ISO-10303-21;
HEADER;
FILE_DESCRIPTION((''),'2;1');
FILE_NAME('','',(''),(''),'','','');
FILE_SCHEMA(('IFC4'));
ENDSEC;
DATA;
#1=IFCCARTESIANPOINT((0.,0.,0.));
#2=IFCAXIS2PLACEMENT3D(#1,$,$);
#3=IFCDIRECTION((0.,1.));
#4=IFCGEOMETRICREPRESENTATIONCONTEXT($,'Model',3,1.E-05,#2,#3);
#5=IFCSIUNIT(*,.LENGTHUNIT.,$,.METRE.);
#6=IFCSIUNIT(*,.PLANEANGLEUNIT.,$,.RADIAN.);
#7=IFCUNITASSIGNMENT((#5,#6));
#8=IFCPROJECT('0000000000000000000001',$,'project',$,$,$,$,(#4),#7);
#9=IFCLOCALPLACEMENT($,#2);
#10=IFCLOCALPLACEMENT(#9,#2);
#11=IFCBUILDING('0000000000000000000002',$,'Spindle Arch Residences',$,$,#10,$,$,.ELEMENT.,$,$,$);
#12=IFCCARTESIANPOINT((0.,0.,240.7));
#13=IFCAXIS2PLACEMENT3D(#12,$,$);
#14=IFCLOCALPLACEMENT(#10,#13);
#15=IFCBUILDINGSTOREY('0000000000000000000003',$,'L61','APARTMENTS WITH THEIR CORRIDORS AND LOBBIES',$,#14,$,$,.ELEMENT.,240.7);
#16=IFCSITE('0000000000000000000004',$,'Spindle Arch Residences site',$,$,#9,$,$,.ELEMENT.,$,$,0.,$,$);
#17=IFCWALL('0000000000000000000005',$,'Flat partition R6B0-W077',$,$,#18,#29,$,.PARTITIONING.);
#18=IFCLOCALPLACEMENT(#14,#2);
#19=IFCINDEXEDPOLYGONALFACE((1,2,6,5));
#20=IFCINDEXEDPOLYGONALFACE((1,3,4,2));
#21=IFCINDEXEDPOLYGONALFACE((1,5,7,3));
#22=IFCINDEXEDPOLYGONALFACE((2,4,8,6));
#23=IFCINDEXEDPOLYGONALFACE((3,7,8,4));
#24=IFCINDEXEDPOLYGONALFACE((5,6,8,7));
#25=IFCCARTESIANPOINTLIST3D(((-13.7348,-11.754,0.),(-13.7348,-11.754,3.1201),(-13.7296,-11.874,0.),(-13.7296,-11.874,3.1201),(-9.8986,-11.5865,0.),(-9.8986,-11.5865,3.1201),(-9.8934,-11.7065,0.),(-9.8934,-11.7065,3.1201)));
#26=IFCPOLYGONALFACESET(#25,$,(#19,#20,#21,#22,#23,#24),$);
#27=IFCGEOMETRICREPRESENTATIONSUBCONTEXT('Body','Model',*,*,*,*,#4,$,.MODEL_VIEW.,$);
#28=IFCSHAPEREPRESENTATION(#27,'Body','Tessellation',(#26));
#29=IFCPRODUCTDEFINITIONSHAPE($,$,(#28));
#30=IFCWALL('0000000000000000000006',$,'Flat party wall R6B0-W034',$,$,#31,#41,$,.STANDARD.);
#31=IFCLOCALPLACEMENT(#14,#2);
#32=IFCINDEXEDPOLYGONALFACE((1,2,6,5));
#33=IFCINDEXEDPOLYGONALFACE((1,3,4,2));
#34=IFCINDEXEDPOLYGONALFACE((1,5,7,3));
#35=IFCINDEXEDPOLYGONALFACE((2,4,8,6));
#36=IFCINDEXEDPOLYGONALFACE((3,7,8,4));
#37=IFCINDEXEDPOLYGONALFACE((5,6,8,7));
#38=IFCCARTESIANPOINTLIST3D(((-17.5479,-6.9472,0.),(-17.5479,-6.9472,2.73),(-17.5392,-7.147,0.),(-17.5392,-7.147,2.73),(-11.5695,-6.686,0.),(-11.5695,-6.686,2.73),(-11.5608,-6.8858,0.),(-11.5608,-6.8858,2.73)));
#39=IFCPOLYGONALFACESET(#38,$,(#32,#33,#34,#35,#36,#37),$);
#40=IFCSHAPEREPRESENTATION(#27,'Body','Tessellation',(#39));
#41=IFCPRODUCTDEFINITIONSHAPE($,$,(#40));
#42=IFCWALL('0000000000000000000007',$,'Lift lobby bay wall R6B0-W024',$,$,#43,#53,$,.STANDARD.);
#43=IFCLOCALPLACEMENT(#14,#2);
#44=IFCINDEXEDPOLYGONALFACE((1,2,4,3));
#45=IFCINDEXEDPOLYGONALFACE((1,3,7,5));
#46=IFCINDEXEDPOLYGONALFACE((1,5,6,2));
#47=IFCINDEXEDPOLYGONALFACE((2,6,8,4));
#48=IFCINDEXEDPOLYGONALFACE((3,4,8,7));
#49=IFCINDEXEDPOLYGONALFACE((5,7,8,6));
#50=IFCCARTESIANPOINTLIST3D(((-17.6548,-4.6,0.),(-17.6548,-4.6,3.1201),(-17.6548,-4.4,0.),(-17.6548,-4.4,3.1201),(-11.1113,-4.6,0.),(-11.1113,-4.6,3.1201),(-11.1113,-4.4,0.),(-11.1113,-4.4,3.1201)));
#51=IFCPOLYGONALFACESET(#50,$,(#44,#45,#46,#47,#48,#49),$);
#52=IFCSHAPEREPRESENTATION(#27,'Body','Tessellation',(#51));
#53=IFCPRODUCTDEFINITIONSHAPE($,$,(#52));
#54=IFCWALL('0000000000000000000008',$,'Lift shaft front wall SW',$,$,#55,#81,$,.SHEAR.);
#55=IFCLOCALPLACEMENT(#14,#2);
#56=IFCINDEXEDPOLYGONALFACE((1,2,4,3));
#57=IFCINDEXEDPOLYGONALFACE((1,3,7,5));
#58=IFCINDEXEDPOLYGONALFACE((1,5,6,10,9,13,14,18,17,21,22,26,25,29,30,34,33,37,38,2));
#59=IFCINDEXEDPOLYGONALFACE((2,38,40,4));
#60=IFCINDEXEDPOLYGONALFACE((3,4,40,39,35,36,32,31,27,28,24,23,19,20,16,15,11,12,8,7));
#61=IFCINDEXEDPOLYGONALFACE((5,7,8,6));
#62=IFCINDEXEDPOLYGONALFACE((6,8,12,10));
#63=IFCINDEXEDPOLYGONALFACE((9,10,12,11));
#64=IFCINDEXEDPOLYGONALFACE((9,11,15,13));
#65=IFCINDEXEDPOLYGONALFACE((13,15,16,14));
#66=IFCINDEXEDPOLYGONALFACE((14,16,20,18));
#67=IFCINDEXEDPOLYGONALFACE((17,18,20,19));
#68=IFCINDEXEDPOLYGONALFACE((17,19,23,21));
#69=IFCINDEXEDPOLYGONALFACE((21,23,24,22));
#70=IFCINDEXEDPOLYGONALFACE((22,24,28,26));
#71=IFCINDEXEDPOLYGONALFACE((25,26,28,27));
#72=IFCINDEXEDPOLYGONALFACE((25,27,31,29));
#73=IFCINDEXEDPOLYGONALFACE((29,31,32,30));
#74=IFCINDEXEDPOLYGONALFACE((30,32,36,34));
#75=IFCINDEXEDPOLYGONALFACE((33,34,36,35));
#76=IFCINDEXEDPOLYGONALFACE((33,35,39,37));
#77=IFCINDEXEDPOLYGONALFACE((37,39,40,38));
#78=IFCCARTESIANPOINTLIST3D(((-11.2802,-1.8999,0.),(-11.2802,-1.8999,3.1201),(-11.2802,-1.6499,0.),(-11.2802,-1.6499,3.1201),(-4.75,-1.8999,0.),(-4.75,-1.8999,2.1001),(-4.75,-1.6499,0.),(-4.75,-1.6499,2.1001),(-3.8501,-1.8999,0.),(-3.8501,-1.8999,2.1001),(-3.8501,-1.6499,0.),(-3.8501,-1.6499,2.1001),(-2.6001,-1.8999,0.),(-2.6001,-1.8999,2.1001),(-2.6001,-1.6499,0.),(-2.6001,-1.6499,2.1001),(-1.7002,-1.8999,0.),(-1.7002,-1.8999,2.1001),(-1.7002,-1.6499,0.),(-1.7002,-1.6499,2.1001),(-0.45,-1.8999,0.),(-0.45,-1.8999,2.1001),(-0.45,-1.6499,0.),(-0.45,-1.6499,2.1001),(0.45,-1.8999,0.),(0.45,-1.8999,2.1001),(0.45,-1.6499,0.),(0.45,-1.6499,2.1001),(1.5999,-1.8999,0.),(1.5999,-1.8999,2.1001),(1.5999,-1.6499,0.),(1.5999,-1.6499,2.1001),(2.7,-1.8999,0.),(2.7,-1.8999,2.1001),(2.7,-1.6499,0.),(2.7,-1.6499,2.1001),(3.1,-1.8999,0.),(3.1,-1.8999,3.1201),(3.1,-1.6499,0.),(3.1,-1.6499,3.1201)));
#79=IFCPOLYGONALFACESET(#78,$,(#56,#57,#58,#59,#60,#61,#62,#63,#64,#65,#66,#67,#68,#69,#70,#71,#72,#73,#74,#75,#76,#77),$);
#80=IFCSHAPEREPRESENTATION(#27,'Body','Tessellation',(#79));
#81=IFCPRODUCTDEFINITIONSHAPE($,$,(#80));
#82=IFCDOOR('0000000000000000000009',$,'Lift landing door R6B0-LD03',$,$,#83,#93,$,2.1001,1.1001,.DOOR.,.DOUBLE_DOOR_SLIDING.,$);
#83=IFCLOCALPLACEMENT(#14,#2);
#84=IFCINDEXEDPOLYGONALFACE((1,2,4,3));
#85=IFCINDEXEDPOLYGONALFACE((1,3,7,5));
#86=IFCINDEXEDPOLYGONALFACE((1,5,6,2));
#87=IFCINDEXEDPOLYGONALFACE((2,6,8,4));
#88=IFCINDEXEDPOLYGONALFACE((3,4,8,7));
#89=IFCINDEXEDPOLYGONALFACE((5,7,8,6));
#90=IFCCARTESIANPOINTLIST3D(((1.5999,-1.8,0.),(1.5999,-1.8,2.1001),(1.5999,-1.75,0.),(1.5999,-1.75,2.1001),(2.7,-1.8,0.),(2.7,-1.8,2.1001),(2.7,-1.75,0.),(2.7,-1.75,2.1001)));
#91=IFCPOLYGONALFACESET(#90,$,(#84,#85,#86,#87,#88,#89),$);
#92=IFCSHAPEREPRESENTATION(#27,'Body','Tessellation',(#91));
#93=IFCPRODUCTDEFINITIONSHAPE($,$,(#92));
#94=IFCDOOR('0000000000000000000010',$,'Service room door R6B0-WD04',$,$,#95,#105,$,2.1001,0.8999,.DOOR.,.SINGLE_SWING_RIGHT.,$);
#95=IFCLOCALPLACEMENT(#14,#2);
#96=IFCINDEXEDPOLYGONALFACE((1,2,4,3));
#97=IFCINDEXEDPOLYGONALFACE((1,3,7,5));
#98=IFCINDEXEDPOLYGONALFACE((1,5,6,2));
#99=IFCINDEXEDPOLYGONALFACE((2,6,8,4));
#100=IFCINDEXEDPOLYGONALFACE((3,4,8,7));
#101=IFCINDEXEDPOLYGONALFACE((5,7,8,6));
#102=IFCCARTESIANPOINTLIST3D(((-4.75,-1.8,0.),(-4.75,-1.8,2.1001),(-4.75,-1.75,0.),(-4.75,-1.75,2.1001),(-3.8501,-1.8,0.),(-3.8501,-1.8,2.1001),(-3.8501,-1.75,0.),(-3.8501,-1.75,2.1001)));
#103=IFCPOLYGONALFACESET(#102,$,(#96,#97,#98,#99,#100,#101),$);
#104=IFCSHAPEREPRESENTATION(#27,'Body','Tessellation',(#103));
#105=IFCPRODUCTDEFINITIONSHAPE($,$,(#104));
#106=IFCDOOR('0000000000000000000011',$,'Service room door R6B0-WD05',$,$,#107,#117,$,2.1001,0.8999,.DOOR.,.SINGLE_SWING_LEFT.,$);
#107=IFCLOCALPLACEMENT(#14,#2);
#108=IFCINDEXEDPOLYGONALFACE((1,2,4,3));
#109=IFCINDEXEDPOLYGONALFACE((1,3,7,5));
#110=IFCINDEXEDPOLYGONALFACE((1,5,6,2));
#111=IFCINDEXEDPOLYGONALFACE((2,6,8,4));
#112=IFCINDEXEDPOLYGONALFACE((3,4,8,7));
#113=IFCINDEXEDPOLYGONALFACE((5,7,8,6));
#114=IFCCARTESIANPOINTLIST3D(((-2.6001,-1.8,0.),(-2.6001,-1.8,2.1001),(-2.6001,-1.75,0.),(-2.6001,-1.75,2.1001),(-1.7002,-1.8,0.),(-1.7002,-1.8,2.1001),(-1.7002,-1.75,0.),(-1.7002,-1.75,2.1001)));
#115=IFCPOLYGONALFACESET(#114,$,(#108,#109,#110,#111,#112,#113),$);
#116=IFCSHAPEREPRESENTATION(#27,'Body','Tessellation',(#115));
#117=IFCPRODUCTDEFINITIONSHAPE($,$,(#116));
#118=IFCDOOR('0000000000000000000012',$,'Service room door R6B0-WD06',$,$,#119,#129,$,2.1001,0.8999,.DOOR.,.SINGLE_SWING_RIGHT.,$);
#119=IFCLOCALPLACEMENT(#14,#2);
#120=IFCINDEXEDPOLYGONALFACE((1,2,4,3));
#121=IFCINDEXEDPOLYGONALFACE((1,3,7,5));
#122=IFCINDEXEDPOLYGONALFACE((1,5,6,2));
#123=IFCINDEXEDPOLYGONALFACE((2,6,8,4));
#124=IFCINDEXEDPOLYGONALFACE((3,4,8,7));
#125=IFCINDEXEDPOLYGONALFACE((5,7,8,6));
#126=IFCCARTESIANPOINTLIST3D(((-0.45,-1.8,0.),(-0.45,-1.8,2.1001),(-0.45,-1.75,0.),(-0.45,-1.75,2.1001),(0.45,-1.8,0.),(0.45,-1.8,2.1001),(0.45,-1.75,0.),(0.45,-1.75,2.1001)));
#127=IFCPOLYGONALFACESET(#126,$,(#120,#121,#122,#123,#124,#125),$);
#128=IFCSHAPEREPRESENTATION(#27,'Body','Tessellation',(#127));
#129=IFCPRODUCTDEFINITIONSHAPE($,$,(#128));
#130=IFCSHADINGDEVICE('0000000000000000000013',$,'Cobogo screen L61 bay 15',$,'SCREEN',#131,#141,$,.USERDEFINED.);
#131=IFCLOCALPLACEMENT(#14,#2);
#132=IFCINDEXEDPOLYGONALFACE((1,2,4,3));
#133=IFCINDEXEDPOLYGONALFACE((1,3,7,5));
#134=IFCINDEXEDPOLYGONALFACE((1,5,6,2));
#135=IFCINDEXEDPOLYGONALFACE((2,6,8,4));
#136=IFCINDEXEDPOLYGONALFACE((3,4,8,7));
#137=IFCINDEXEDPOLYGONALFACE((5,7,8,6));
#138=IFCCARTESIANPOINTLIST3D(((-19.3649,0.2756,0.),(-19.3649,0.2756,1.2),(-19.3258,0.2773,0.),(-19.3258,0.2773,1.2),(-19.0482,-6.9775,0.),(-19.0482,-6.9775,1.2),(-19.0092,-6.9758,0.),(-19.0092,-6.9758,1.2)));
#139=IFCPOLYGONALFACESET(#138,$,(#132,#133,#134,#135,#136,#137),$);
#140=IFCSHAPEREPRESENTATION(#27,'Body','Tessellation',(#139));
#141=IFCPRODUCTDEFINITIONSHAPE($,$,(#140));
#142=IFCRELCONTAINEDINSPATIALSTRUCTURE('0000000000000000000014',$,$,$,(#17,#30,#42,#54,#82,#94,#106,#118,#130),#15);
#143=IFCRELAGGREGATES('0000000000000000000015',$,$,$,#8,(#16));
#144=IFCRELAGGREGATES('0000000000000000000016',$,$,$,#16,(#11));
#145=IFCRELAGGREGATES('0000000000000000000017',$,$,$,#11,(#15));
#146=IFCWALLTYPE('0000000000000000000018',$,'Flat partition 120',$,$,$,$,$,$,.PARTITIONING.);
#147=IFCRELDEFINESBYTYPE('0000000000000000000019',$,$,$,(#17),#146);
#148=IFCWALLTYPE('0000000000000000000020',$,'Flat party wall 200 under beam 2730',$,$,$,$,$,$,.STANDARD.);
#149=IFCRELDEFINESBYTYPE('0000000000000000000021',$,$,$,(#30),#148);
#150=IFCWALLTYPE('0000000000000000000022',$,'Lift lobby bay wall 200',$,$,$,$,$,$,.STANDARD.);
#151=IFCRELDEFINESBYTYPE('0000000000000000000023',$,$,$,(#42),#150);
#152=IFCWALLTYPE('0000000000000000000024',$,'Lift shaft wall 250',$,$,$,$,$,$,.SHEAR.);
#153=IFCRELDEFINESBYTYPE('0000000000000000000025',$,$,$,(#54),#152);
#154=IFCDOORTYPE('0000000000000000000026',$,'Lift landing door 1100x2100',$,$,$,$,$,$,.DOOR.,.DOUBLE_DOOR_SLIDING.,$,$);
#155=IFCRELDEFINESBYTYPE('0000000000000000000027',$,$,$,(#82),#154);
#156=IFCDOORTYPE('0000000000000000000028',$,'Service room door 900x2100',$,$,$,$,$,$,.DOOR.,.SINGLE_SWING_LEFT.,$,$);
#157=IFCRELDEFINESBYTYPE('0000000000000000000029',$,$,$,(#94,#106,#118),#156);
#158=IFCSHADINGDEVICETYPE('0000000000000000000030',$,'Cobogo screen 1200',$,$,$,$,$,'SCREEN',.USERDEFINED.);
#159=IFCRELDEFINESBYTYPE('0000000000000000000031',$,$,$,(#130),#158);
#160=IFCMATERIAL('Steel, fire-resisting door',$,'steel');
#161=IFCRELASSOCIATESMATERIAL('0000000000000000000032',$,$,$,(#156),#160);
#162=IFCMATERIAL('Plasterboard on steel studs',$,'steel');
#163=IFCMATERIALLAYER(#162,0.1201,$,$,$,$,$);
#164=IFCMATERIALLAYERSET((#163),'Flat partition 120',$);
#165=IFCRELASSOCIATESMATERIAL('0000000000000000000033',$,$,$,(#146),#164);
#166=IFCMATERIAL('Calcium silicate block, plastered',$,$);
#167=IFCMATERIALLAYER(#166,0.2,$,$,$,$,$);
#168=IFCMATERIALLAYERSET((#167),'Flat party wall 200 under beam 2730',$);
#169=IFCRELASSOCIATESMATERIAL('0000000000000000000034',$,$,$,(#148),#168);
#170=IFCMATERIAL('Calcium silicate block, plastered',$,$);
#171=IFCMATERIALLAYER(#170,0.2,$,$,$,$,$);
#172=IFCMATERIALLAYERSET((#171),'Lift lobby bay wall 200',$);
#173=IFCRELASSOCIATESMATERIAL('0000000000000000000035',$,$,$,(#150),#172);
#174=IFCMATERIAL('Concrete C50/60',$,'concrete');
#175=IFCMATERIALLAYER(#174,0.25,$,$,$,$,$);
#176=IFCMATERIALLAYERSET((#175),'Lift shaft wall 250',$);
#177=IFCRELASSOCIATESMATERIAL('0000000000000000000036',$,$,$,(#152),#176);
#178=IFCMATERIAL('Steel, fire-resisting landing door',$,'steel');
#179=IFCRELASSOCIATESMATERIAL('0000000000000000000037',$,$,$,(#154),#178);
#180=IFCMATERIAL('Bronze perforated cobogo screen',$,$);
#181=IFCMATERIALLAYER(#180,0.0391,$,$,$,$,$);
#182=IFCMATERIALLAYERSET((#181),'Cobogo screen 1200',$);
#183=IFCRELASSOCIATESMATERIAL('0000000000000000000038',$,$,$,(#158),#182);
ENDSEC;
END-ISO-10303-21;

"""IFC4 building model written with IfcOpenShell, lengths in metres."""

from ifc_helpers import new_model, si_unit, direction, frame, frame_2d, origin, origin_2d, place, context, subcontext, project, spatial, rectangle, extrude, material, layer, layer_set, type_object, element, fill, save


model = new_model("IFC4")

# Units and contexts
model_context = context("Model", 3, precision=1e-05, world=origin(), true_north=direction((0.0, 1.0)))
body_context = subcontext(model_context, "Body", "Model", "MODEL_VIEW")
ifc_project = project(units=[si_unit("LENGTHUNIT", "METRE"), si_unit("PLANEANGLEUNIT", "RADIAN")], contexts=[model_context])

# Site, building, storey
site_placement = place(None, origin())
site = spatial("IfcSite", under=ifc_project, at=site_placement, Name="Spindle Arch Residences site", CompositionType="ELEMENT", RefElevation=0.0)
building_placement = place(site_placement, origin())
building = spatial("IfcBuilding", under=site, at=building_placement, Name="Spindle Arch Residences", CompositionType="ELEMENT")
storey_placement = place(building_placement, frame((0.0, 0.0, 240.7)))
storey = spatial("IfcBuildingStorey", under=building, at=storey_placement, Name="L61", Description="APARTMENTS WITH THEIR CORRIDORS AND LOBBIES", CompositionType="ELEMENT", Elevation=240.7)

# Shared definitions
ifc_material_1 = material(Name="Steel, fire-resisting door", Category="steel")
door_type_1 = type_object("IfcDoorType", Name="Service room door 900x2100", OperationType="SINGLE_SWING_LEFT", PredefinedType="DOOR", material=ifc_material_1)

# Shared definitions
ifc_material_2 = material(Name="Plasterboard on steel studs", Category="steel")
ifc_layer_1 = layer(ifc_material_2, 0.1201)
ifc_layer_set_1 = layer_set([ifc_layer_1], Name="Flat partition 120")
wall_type_1 = type_object("IfcWallType", Name="Flat partition 120", PredefinedType="PARTITIONING", material=ifc_layer_set_1)

# Walls
wall_1_placement = place(storey_placement, frame((-13.7322, -11.814, 0.0), z_axis=(0.0, 0.0, 1.0), x_axis=(0.999048, 0.043617, 0.0)))
element("IfcWall", 1, at=wall_1_placement, inside=storey, type_object=wall_type_1, Name="Flat partition R6B0-W077", PredefinedType="PARTITIONING", context=body_context, shape_type="SweptSolid", body=[
    extrude(rectangle(XDim=3.8398, YDim=0.1201, at=frame_2d((1.9199, 0.0))), origin(), (0.0, 0.0, 1.0), 3.1201),
])
ifc_material_3 = material(Name="Calcium silicate block, plastered")
ifc_layer_2 = layer(ifc_material_3, 0.2)
ifc_layer_set_2 = layer_set([ifc_layer_2], Name="Flat party wall 200 under beam 2730")
wall_type_2 = type_object("IfcWallType", Name="Flat party wall 200 under beam 2730", PredefinedType="STANDARD", material=ifc_layer_set_2)
wall_2_placement = place(storey_placement, frame((-17.5437, -7.0471, 0.0), z_axis=(0.0, 0.0, 1.0), x_axis=(0.999047, 0.043653, 0.0)))
element("IfcWall", 2, at=wall_2_placement, inside=storey, type_object=wall_type_2, Name="Flat party wall R6B0-W034", PredefinedType="STANDARD", context=body_context, shape_type="SweptSolid", body=[
    extrude(rectangle(XDim=5.9841, YDim=0.2, at=frame_2d((2.9922, 0.0))), origin(), (0.0, 0.0, 1.0), 2.73),
])

# Wall
ifc_material_4 = material(Name="Calcium silicate block, plastered")
ifc_layer_3 = layer(ifc_material_4, 0.2)
ifc_layer_set_3 = layer_set([ifc_layer_3], Name="Lift lobby bay wall 200")
wall_type_3 = type_object("IfcWallType", Name="Lift lobby bay wall 200", PredefinedType="STANDARD", material=ifc_layer_set_3)
wall_3_placement = place(storey_placement, frame((-17.6548, -4.5, 0.0), z_axis=(0.0, 0.0, 1.0), x_axis=(1.0, 0.0, 0.0)))
element("IfcWall", 3, at=wall_3_placement, inside=storey, type_object=wall_type_3, Name="Lift lobby bay wall R6B0-W024", PredefinedType="STANDARD", context=body_context, shape_type="SweptSolid", body=[
    extrude(rectangle(XDim=6.5435, YDim=0.2, at=frame_2d((3.2717, 0.0))), origin(), (0.0, 0.0, 1.0), 3.1201),
])

# Wall, openings, doors
ifc_material_5 = material(Name="Concrete C50/60", Category="concrete")
ifc_layer_4 = layer(ifc_material_5, 0.25)
ifc_layer_set_4 = layer_set([ifc_layer_4], Name="Lift shaft wall 250")
wall_type_4 = type_object("IfcWallType", Name="Lift shaft wall 250", PredefinedType="SHEAR", material=ifc_layer_set_4)
wall_4_placement = place(storey_placement, frame((-11.28, -1.7749, 0.0), z_axis=(0.0, 0.0, 1.0), x_axis=(1.0, 0.0, 0.0)))
wall_4 = element("IfcWall", 4, at=wall_4_placement, inside=storey, type_object=wall_type_4, Name="Lift shaft front wall SW", PredefinedType="SHEAR", context=body_context, shape_type="SweptSolid", body=[
    extrude(rectangle(XDim=14.3801, YDim=0.25, at=frame_2d((7.1899, 0.0))), origin(), (0.0, 0.0, 1.0), 3.1201),
])
opening_1_placement = place(wall_4_placement, frame((12.8799, 0.0, 0.0)))
opening_1 = element("IfcOpeningElement", 5, at=opening_1_placement, cuts=wall_4, PredefinedType="OPENING", context=body_context, shape_type="SweptSolid", body=[
    extrude(rectangle(XDim=1.1001, YDim=2.1001, at=frame_2d((0.55, 1.05))), frame((0.0, 0.135, 0.0), z_axis=(0.0, -1.0, 0.0), x_axis=(1.0, 0.0, 0.0)), (0.0, 0.0, 1.0), 0.27),
])
opening_2_placement = place(wall_4_placement, frame((6.53, 0.0, 0.0)))
opening_2 = element("IfcOpeningElement", 6, at=opening_2_placement, cuts=wall_4, PredefinedType="OPENING", context=body_context, shape_type="SweptSolid", body=[
    extrude(rectangle(XDim=0.8999, YDim=2.1001, at=frame_2d((0.45, 1.05))), frame((0.0, 0.135, 0.0), z_axis=(0.0, -1.0, 0.0), x_axis=(1.0, 0.0, 0.0)), (0.0, 0.0, 1.0), 0.27),
])
opening_3_placement = place(wall_4_placement, frame((8.6799, 0.0, 0.0)))
opening_3 = element("IfcOpeningElement", 7, at=opening_3_placement, cuts=wall_4, PredefinedType="OPENING", context=body_context, shape_type="SweptSolid", body=[
    extrude(rectangle(XDim=0.8999, YDim=2.1001, at=frame_2d((0.45, 1.05))), frame((0.0, 0.135, 0.0), z_axis=(0.0, -1.0, 0.0), x_axis=(1.0, 0.0, 0.0)), (0.0, 0.0, 1.0), 0.27),
])
opening_4_placement = place(wall_4_placement, frame((10.8301, 0.0, 0.0)))
opening_4 = element("IfcOpeningElement", 8, at=opening_4_placement, cuts=wall_4, PredefinedType="OPENING", context=body_context, shape_type="SweptSolid", body=[
    extrude(rectangle(XDim=0.8999, YDim=2.1001, at=frame_2d((0.45, 1.05))), frame((0.0, 0.135, 0.0), z_axis=(0.0, -1.0, 0.0), x_axis=(1.0, 0.0, 0.0)), (0.0, 0.0, 1.0), 0.27),
])
ifc_material_6 = material(Name="Steel, fire-resisting landing door", Category="steel")
door_type_2 = type_object("IfcDoorType", Name="Lift landing door 1100x2100", OperationType="DOUBLE_DOOR_SLIDING", PredefinedType="DOOR", material=ifc_material_6)
door_1_placement = place(opening_1_placement, origin())
door_1 = element("IfcDoor", 9, at=door_1_placement, inside=storey, type_object=door_type_2, Name="Lift landing door R6B0-LD03", OperationType="DOUBLE_DOOR_SLIDING", OverallHeight=2.1001, OverallWidth=1.1001, PredefinedType="DOOR", context=body_context, shape_type="SweptSolid", body=[
    extrude(rectangle(XDim=1.1001, YDim=2.1001, at=frame_2d((0.55, 1.05))), frame((0.0, 0.0249, 0.0), z_axis=(0.0, -1.0, 0.0), x_axis=(1.0, 0.0, 0.0)), (0.0, 0.0, 1.0), 0.05),
])
fill(opening_1, door_1)
door_2_placement = place(opening_2_placement, origin())
door_2 = element("IfcDoor", 10, at=door_2_placement, inside=storey, type_object=door_type_1, Name="Service room door R6B0-WD04", OperationType="SINGLE_SWING_RIGHT", OverallHeight=2.1001, OverallWidth=0.8999, PredefinedType="DOOR", context=body_context, shape_type="SweptSolid", body=[
    extrude(rectangle(XDim=0.8999, YDim=2.1001, at=frame_2d((0.45, 1.05))), frame((0.0, 0.0249, 0.0), z_axis=(0.0, -1.0, 0.0), x_axis=(1.0, 0.0, 0.0)), (0.0, 0.0, 1.0), 0.05),
])
fill(opening_2, door_2)
door_3_placement = place(opening_3_placement, origin())
door_3 = element("IfcDoor", 11, at=door_3_placement, inside=storey, type_object=door_type_1, Name="Service room door R6B0-WD05", OperationType="SINGLE_SWING_LEFT", OverallHeight=2.1001, OverallWidth=0.8999, PredefinedType="DOOR", context=body_context, shape_type="SweptSolid", body=[
    extrude(rectangle(XDim=0.8999, YDim=2.1001, at=frame_2d((0.45, 1.05))), frame((0.0, 0.0249, 0.0), z_axis=(0.0, -1.0, 0.0), x_axis=(1.0, 0.0, 0.0)), (0.0, 0.0, 1.0), 0.05),
])
fill(opening_3, door_3)
door_4_placement = place(opening_4_placement, origin())
door_4 = element("IfcDoor", 12, at=door_4_placement, inside=storey, type_object=door_type_1, Name="Service room door R6B0-WD06", OperationType="SINGLE_SWING_RIGHT", OverallHeight=2.1001, OverallWidth=0.8999, PredefinedType="DOOR", context=body_context, shape_type="SweptSolid", body=[
    extrude(rectangle(XDim=0.8999, YDim=2.1001, at=frame_2d((0.45, 1.05))), frame((0.0, 0.0249, 0.0), z_axis=(0.0, -1.0, 0.0), x_axis=(1.0, 0.0, 0.0)), (0.0, 0.0, 1.0), 0.05),
])
fill(opening_4, door_4)

# Shading device
ifc_material_7 = material(Name="Bronze perforated cobogo screen")
ifc_layer_5 = layer(ifc_material_7, 0.0391)
ifc_layer_set_5 = layer_set([ifc_layer_5], Name="Cobogo screen 1200")
shading_device_type = type_object("IfcShadingDeviceType", Name="Cobogo screen 1200", ElementType="SCREEN", PredefinedType="USERDEFINED", material=ifc_layer_set_5)
shading_device_placement = place(storey_placement, frame((-19.187, -3.3501, 0.0), z_axis=(0.0, 0.0, 1.0), x_axis=(0.043619, -0.999048, 0.0)))
element("IfcShadingDevice", 13, at=shading_device_placement, inside=storey, type_object=shading_device_type, Name="Cobogo screen L61 bay 15", ObjectType="SCREEN", PredefinedType="USERDEFINED", context=body_context, shape_type="SweptSolid", body=[
    extrude(rectangle(XDim=7.26, YDim=0.0391, at=origin_2d()), origin(), (0.0, 0.0, 1.0), 1.2),
])

save(model, "model.ifc")
